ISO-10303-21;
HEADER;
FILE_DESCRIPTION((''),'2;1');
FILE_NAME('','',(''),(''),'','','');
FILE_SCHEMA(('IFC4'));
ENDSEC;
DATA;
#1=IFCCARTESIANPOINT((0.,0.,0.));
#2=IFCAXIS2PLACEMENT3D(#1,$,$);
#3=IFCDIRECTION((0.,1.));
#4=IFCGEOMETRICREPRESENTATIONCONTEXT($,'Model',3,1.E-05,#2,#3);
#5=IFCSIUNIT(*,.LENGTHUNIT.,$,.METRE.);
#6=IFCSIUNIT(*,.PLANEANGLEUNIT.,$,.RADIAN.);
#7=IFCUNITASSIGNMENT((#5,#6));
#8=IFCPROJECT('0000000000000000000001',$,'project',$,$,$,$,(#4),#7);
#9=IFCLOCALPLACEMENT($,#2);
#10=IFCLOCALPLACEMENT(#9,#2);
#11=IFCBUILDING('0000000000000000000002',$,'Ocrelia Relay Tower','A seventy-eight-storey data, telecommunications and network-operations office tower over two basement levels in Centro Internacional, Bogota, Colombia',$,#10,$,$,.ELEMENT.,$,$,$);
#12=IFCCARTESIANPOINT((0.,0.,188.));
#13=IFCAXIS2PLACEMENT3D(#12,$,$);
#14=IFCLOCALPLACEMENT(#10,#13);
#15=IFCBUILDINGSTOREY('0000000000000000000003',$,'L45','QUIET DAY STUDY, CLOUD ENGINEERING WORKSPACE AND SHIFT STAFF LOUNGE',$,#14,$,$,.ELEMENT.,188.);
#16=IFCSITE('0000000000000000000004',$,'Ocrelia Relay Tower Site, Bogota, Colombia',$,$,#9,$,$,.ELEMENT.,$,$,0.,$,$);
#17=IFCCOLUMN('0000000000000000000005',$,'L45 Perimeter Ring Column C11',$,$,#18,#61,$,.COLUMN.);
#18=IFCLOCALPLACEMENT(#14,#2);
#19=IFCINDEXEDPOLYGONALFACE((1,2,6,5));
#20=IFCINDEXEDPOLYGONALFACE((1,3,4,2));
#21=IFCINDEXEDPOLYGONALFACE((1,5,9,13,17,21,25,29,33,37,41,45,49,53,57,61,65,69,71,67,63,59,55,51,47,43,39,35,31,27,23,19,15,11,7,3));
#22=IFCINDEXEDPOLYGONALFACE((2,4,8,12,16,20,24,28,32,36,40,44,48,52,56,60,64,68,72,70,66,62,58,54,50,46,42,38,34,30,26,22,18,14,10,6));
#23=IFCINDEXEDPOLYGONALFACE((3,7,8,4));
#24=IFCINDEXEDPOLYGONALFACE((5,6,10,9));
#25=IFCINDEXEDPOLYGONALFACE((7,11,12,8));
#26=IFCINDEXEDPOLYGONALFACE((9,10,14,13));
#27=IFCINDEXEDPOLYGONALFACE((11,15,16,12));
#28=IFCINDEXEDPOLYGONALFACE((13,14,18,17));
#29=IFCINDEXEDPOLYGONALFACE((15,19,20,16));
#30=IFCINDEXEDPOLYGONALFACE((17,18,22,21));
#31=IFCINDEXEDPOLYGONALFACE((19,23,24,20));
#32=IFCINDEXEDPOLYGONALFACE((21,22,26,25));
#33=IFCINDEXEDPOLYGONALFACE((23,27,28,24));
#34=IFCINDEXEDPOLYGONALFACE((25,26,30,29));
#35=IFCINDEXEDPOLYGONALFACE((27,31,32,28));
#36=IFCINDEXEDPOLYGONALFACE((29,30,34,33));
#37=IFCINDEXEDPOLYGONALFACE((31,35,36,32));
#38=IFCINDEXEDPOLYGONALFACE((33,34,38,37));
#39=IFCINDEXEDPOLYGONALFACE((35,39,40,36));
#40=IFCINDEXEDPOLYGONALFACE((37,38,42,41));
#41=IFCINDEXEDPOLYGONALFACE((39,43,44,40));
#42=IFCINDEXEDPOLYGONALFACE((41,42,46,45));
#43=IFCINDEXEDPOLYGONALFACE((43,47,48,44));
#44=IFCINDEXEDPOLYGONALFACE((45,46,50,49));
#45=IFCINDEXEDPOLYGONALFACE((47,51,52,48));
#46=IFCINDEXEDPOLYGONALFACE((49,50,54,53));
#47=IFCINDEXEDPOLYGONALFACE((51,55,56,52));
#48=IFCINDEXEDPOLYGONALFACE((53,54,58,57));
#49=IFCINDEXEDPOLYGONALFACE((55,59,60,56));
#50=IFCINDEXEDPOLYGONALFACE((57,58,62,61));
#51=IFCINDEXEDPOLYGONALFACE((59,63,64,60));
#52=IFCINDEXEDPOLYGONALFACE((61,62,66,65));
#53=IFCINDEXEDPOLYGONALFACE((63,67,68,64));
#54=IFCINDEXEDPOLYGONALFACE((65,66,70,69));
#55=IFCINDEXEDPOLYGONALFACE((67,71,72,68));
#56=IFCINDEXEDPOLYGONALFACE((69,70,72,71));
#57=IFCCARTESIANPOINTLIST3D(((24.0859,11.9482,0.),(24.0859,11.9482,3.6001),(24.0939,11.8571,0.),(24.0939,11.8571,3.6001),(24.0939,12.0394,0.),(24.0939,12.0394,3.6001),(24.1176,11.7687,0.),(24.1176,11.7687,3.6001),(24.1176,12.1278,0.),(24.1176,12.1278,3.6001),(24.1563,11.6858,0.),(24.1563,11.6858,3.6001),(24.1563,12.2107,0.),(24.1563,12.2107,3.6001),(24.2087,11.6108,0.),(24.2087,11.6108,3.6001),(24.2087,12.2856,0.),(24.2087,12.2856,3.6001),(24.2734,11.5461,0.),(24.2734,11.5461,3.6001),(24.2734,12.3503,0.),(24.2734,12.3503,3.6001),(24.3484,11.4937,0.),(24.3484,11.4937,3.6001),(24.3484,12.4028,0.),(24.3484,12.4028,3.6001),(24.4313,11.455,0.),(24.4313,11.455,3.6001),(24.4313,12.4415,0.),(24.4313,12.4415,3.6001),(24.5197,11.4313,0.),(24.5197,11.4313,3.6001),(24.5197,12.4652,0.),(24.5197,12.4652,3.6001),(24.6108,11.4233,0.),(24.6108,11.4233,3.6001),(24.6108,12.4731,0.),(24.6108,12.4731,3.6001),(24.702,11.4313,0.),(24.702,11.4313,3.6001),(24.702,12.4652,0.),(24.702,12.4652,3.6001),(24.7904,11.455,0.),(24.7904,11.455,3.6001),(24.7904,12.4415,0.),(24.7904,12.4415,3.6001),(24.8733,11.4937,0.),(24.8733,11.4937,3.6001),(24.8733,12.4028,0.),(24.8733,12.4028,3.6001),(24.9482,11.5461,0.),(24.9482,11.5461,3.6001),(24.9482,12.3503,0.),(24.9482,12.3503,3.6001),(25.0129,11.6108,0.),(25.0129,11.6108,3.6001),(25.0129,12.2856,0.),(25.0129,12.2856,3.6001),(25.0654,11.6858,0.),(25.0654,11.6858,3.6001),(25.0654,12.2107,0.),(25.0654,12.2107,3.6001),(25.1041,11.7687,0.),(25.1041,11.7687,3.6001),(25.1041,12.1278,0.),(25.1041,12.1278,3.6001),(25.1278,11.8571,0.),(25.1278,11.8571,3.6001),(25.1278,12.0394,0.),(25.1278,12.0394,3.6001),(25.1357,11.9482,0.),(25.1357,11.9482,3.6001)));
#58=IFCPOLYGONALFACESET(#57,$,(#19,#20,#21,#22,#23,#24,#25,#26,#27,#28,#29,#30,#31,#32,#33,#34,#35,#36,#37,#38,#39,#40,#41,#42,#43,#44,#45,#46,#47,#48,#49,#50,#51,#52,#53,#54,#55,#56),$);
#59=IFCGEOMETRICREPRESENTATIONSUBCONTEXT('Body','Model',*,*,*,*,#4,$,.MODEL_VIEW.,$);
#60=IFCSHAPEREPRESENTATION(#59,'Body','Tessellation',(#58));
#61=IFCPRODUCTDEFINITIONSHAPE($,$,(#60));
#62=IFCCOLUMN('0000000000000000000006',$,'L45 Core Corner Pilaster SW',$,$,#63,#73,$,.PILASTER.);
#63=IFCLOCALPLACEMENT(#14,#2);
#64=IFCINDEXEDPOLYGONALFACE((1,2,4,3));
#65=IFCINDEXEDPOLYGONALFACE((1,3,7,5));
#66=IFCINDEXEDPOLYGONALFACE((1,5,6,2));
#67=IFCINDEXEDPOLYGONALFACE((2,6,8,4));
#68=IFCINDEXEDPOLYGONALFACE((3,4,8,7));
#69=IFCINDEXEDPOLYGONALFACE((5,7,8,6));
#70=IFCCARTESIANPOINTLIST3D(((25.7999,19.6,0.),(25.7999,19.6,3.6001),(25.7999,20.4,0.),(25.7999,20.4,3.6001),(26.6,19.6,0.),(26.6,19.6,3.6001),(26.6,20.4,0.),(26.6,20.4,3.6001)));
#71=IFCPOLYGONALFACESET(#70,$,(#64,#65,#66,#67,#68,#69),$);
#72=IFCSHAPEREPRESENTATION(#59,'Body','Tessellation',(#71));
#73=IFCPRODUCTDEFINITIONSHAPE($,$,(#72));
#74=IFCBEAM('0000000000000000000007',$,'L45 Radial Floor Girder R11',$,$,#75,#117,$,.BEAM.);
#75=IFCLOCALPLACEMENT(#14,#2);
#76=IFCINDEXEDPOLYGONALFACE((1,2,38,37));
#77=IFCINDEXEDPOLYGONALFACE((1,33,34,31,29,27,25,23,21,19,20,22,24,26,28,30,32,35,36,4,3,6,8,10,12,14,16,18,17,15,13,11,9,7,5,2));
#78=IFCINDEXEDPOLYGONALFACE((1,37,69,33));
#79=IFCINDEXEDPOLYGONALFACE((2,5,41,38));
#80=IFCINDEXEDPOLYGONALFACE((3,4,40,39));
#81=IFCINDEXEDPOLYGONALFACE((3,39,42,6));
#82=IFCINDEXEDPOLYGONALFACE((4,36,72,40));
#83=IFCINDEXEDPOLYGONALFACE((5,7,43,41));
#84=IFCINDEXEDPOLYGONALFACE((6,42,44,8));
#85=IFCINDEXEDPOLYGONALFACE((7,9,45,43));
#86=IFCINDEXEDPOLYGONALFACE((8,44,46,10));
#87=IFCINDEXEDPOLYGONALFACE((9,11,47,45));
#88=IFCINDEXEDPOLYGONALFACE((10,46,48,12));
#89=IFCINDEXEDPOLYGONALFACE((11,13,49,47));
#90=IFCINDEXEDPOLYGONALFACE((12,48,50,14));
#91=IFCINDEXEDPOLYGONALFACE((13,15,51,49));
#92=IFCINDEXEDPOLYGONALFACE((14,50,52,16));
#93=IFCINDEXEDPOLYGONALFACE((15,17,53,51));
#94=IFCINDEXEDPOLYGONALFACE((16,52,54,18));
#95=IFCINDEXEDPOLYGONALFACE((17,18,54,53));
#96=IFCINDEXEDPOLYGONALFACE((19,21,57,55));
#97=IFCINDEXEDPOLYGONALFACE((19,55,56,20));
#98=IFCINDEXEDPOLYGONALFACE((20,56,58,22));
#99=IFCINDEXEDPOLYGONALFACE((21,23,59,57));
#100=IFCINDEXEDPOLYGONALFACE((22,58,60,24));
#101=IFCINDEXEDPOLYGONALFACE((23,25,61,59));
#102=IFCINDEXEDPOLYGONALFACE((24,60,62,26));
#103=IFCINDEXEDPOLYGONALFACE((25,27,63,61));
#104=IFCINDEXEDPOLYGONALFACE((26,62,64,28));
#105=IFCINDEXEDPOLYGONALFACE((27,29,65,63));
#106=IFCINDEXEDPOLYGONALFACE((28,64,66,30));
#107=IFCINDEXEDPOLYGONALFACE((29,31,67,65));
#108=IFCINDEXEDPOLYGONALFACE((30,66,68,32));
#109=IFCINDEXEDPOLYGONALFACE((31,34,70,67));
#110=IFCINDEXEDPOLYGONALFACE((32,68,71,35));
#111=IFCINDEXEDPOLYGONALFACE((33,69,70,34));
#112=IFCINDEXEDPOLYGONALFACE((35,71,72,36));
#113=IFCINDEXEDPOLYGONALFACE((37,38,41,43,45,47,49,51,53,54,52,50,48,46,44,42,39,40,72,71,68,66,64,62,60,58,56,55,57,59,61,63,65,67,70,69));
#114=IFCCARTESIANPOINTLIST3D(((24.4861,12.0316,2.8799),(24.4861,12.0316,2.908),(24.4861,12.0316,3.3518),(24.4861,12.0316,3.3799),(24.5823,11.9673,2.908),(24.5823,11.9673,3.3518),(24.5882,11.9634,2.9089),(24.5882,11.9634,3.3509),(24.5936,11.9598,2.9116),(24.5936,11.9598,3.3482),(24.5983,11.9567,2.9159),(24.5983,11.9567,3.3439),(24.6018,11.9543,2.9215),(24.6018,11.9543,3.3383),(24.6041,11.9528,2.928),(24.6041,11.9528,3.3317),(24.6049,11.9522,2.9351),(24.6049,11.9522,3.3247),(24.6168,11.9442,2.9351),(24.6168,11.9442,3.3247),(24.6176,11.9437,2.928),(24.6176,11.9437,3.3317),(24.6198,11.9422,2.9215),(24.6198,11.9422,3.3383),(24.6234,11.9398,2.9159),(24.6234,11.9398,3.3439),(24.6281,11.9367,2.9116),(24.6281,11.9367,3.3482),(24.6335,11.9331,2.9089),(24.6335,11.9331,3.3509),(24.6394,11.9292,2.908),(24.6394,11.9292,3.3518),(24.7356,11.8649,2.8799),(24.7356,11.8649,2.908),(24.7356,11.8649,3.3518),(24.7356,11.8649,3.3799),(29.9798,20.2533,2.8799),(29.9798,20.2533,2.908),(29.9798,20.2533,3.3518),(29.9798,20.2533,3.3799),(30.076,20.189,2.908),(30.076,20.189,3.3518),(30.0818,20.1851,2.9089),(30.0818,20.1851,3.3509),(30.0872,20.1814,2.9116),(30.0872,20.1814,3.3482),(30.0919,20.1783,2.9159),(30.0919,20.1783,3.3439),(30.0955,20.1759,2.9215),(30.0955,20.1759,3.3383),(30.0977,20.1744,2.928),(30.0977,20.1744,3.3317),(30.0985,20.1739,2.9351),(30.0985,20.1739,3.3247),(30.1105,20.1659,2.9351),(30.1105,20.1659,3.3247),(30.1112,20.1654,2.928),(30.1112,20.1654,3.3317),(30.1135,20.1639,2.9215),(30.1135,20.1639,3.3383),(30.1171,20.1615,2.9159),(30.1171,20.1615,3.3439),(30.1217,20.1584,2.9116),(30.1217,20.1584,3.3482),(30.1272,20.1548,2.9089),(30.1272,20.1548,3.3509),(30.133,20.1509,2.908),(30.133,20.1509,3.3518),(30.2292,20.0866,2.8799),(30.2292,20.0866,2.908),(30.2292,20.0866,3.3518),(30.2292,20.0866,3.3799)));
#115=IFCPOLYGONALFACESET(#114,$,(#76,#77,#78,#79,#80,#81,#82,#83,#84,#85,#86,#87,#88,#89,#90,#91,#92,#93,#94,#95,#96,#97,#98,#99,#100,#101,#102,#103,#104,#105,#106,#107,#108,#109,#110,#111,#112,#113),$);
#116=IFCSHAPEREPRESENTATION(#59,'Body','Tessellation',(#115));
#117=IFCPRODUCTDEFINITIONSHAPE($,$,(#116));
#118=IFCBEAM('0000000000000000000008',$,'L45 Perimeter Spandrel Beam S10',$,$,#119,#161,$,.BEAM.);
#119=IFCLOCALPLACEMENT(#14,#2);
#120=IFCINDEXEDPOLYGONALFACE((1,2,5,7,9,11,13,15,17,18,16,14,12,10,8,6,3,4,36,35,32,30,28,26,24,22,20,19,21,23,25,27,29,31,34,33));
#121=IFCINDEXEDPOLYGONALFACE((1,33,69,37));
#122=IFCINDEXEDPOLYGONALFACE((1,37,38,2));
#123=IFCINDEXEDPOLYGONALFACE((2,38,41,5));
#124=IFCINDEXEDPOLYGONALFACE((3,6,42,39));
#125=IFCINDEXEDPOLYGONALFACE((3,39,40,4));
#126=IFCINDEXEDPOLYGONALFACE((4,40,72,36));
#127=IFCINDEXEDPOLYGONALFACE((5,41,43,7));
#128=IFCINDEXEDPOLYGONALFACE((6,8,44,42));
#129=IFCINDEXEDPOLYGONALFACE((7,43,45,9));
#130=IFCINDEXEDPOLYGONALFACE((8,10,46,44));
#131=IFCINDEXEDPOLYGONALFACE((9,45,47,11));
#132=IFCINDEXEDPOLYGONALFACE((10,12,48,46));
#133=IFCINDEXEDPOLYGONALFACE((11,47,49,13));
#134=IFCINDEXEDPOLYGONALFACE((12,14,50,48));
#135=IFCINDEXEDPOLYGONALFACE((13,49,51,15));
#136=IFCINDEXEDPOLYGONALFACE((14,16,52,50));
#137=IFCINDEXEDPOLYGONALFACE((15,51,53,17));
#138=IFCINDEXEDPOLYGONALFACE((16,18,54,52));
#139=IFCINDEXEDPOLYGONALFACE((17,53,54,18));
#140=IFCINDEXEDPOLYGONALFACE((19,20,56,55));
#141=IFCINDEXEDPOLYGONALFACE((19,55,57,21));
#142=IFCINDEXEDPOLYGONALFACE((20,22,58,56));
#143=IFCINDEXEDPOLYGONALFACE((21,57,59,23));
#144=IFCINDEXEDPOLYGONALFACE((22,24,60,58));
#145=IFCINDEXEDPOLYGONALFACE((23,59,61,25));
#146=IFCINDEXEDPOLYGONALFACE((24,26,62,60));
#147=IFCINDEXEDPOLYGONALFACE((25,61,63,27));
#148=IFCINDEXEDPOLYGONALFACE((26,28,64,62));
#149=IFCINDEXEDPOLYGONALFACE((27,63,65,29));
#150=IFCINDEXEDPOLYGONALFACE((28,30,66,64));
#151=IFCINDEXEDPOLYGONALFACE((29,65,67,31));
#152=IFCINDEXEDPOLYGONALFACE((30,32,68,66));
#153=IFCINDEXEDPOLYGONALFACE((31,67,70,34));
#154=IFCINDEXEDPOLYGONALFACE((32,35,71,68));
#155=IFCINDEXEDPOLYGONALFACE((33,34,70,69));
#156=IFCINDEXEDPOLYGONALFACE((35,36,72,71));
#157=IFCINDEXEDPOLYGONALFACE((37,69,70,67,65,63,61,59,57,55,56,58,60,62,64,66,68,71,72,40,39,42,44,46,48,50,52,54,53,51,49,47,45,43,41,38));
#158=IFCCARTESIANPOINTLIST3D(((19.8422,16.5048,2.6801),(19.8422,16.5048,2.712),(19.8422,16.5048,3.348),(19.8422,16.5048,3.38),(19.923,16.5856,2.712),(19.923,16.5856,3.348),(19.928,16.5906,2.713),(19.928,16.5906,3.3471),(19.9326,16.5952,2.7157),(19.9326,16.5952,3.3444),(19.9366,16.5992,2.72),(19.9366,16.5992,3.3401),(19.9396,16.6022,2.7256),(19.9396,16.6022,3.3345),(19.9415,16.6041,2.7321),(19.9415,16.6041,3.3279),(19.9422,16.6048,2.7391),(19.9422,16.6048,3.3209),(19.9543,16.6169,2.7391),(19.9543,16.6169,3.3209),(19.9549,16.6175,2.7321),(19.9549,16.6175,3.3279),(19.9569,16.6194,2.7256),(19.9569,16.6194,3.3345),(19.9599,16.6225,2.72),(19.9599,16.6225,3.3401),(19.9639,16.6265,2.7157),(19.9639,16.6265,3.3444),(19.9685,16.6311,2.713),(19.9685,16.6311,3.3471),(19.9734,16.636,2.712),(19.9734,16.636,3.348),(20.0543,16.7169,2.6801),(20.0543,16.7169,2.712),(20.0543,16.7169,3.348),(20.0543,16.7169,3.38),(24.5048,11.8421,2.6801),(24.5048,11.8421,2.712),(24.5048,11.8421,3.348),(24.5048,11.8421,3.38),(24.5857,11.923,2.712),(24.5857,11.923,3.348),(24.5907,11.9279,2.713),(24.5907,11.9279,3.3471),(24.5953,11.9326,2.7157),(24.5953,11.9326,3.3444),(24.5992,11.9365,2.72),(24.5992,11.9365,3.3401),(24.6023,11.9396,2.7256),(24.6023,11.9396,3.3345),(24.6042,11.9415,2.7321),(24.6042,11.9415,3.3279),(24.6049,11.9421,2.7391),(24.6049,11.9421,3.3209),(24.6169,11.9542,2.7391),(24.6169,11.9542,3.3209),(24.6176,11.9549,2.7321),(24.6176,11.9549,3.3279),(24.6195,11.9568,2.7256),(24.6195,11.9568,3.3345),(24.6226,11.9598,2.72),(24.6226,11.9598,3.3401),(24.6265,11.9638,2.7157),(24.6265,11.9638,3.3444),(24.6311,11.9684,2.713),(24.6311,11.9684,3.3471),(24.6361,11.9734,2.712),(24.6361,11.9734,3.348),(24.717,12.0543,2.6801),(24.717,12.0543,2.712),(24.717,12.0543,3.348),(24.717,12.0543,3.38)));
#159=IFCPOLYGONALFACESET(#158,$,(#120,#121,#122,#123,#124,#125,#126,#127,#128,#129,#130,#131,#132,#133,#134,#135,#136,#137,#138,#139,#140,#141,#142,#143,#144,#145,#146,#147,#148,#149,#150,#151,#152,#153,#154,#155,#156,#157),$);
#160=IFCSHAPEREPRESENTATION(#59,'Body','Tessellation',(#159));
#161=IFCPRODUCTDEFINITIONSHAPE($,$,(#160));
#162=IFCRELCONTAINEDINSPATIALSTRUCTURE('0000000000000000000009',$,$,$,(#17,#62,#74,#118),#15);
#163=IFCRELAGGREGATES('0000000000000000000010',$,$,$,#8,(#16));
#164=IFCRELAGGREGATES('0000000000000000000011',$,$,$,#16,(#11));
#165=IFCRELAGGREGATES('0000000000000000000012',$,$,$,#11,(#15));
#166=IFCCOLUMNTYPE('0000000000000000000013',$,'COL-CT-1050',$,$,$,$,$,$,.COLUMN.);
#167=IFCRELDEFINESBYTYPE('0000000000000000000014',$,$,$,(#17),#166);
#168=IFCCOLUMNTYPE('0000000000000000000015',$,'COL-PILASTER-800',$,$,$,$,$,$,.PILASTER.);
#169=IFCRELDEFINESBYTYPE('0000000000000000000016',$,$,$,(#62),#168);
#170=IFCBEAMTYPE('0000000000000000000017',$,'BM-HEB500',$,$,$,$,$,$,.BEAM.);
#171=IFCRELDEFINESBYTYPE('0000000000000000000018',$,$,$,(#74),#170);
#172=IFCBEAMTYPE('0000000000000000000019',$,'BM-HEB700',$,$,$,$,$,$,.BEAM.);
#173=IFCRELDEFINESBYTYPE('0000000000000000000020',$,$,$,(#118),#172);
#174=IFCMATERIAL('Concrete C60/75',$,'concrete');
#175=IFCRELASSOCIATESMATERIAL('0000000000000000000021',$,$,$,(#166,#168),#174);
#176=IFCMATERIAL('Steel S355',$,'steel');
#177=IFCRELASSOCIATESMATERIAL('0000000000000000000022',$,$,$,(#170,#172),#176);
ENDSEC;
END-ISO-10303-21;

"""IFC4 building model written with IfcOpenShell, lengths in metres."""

from ifc_helpers import new_model, si_unit, direction, frame, origin, origin_2d, place, context, subcontext, project, spatial, rectangle, circle, i_section, extrude, material, material_profile, profile_set, type_object, element, save


model = new_model("IFC4")

# Units and contexts
model_context = context("Model", 3, precision=1e-05, world=origin(), true_north=direction((0.0, 1.0)))
body_context = subcontext(model_context, "Body", "Model", "MODEL_VIEW")
ifc_project = project(units=[si_unit("LENGTHUNIT", "METRE"), si_unit("PLANEANGLEUNIT", "RADIAN")], contexts=[model_context])

# Site, building, storey
site_placement = place(None, origin())
site = spatial("IfcSite", under=ifc_project, at=site_placement, Name="Ocrelia Relay Tower Site, Bogota, Colombia", CompositionType="ELEMENT", RefElevation=0.0)
building_placement = place(site_placement, origin())
building = spatial("IfcBuilding", under=site, at=building_placement, Name="Ocrelia Relay Tower", Description="A seventy-eight-storey data, telecommunications and network-operations office tower over two basement levels in Centro Internacional, Bogota, Colombia", CompositionType="ELEMENT")
storey_placement = place(building_placement, frame((0.0, 0.0, 188.0)))
storey = spatial("IfcBuildingStorey", under=building, at=storey_placement, Name="L45", Description="QUIET DAY STUDY, CLOUD ENGINEERING WORKSPACE AND SHIFT STAFF LOUNGE", CompositionType="ELEMENT", Elevation=188.0)

# Columns
ifc_material_1 = material(Name="Concrete C60/75", Category="concrete")
ifc_material_profile_1 = material_profile(ifc_material_1, circle(Radius=0.5249, at=origin_2d()), Name="RC-CIR-1050")
ifc_profile_set_1 = profile_set([ifc_material_profile_1], Name="Concrete C60/75")
column_type_1 = type_object("IfcColumnType", Name="COL-CT-1050", PredefinedType="COLUMN", material=ifc_profile_set_1)
column_1_placement = place(storey_placement, frame((24.6108, 11.9482, 0.0), z_axis=(0.0, 0.0, 1.0), x_axis=(1.0, 0.0, 0.0)))
element("IfcColumn", 1, at=column_1_placement, inside=storey, type_object=column_type_1, Name="L45 Perimeter Ring Column C11", PredefinedType="COLUMN", context=body_context, shape_type="SweptSolid", body=[
    extrude(circle(Radius=0.5249, at=origin_2d()), origin(), (0.0, 0.0, 1.0), 3.6001),
])
ifc_material_profile_2 = material_profile(ifc_material_1, rectangle(XDim=0.8, YDim=0.8, at=origin_2d()), Name="RC-COL-800x800")
ifc_profile_set_2 = profile_set([ifc_material_profile_2], Name="Concrete C60/75")
column_type_2 = type_object("IfcColumnType", Name="COL-PILASTER-800", PredefinedType="PILASTER", material=ifc_profile_set_2)
column_2_placement = place(storey_placement, frame((26.2, 20.0, 0.0), z_axis=(0.0, 0.0, 1.0), x_axis=(1.0, 0.0, 0.0)))
element("IfcColumn", 2, at=column_2_placement, inside=storey, type_object=column_type_2, Name="L45 Core Corner Pilaster SW", PredefinedType="PILASTER", context=body_context, shape_type="SweptSolid", body=[
    extrude(rectangle(XDim=0.8, YDim=0.8, at=origin_2d()), origin(), (0.0, 0.0, 1.0), 3.6001),
])

# Beams
ifc_material_2 = material(Name="Steel S355", Category="steel")
ifc_material_profile_3 = material_profile(ifc_material_2, i_section(OverallWidth=0.3, OverallDepth=0.5, WebThickness=0.0144, FlangeThickness=0.0281, FilletRadius=0.0271, at=origin_2d()), Name="HEB 500")
ifc_profile_set_3 = profile_set([ifc_material_profile_3], Name="Steel S355")
beam_type_1 = type_object("IfcBeamType", Name="BM-HEB500", PredefinedType="BEAM", material=ifc_profile_set_3)
beam_1_placement = place(storey_placement, frame((24.6108, 11.9482, 3.1299), z_axis=(0.555577, 0.831465, 0.0), x_axis=(-0.831465, 0.555577, 0.0)))
element("IfcBeam", 3, at=beam_1_placement, inside=storey, type_object=beam_type_1, Name="L45 Radial Floor Girder R11", PredefinedType="BEAM", context=body_context, shape_type="SweptSolid", body=[
    extrude(i_section(OverallWidth=0.3, OverallDepth=0.5, WebThickness=0.0144, FlangeThickness=0.0281, FilletRadius=0.0271, at=origin_2d()), origin(), (0.0, 0.0, 1.0), 9.8882),
])
ifc_material_profile_4 = material_profile(ifc_material_2, i_section(OverallWidth=0.3, OverallDepth=0.7, WebThickness=0.0171, FlangeThickness=0.032, FilletRadius=0.0271, at=origin_2d()), Name="HEB 700")
ifc_profile_set_4 = profile_set([ifc_material_profile_4], Name="Steel S355")
beam_type_2 = type_object("IfcBeamType", Name="BM-HEB700", PredefinedType="BEAM", material=ifc_profile_set_4)
for number, where, z_axis, x_axis, name in (
    (4, (19.9482, 16.6108, 3.03), (0.707107, -0.707107, 0.0), (0.707107, 0.707107, 0.0), "L45 Perimeter Spandrel Beam S10"),
):
    element("IfcBeam", number, at=place(storey_placement, frame(where, z_axis=z_axis, x_axis=x_axis)), inside=storey, type_object=beam_type_2, Name=name, PredefinedType="BEAM", context=body_context, shape_type="SweptSolid", body=[
        extrude(i_section(OverallWidth=0.3, OverallDepth=0.7, WebThickness=0.0171, FlangeThickness=0.032, FilletRadius=0.0271, at=origin_2d()), origin(), (0.0, 0.0, 1.0), 6.594),
    ])

save(model, "model.ifc")
